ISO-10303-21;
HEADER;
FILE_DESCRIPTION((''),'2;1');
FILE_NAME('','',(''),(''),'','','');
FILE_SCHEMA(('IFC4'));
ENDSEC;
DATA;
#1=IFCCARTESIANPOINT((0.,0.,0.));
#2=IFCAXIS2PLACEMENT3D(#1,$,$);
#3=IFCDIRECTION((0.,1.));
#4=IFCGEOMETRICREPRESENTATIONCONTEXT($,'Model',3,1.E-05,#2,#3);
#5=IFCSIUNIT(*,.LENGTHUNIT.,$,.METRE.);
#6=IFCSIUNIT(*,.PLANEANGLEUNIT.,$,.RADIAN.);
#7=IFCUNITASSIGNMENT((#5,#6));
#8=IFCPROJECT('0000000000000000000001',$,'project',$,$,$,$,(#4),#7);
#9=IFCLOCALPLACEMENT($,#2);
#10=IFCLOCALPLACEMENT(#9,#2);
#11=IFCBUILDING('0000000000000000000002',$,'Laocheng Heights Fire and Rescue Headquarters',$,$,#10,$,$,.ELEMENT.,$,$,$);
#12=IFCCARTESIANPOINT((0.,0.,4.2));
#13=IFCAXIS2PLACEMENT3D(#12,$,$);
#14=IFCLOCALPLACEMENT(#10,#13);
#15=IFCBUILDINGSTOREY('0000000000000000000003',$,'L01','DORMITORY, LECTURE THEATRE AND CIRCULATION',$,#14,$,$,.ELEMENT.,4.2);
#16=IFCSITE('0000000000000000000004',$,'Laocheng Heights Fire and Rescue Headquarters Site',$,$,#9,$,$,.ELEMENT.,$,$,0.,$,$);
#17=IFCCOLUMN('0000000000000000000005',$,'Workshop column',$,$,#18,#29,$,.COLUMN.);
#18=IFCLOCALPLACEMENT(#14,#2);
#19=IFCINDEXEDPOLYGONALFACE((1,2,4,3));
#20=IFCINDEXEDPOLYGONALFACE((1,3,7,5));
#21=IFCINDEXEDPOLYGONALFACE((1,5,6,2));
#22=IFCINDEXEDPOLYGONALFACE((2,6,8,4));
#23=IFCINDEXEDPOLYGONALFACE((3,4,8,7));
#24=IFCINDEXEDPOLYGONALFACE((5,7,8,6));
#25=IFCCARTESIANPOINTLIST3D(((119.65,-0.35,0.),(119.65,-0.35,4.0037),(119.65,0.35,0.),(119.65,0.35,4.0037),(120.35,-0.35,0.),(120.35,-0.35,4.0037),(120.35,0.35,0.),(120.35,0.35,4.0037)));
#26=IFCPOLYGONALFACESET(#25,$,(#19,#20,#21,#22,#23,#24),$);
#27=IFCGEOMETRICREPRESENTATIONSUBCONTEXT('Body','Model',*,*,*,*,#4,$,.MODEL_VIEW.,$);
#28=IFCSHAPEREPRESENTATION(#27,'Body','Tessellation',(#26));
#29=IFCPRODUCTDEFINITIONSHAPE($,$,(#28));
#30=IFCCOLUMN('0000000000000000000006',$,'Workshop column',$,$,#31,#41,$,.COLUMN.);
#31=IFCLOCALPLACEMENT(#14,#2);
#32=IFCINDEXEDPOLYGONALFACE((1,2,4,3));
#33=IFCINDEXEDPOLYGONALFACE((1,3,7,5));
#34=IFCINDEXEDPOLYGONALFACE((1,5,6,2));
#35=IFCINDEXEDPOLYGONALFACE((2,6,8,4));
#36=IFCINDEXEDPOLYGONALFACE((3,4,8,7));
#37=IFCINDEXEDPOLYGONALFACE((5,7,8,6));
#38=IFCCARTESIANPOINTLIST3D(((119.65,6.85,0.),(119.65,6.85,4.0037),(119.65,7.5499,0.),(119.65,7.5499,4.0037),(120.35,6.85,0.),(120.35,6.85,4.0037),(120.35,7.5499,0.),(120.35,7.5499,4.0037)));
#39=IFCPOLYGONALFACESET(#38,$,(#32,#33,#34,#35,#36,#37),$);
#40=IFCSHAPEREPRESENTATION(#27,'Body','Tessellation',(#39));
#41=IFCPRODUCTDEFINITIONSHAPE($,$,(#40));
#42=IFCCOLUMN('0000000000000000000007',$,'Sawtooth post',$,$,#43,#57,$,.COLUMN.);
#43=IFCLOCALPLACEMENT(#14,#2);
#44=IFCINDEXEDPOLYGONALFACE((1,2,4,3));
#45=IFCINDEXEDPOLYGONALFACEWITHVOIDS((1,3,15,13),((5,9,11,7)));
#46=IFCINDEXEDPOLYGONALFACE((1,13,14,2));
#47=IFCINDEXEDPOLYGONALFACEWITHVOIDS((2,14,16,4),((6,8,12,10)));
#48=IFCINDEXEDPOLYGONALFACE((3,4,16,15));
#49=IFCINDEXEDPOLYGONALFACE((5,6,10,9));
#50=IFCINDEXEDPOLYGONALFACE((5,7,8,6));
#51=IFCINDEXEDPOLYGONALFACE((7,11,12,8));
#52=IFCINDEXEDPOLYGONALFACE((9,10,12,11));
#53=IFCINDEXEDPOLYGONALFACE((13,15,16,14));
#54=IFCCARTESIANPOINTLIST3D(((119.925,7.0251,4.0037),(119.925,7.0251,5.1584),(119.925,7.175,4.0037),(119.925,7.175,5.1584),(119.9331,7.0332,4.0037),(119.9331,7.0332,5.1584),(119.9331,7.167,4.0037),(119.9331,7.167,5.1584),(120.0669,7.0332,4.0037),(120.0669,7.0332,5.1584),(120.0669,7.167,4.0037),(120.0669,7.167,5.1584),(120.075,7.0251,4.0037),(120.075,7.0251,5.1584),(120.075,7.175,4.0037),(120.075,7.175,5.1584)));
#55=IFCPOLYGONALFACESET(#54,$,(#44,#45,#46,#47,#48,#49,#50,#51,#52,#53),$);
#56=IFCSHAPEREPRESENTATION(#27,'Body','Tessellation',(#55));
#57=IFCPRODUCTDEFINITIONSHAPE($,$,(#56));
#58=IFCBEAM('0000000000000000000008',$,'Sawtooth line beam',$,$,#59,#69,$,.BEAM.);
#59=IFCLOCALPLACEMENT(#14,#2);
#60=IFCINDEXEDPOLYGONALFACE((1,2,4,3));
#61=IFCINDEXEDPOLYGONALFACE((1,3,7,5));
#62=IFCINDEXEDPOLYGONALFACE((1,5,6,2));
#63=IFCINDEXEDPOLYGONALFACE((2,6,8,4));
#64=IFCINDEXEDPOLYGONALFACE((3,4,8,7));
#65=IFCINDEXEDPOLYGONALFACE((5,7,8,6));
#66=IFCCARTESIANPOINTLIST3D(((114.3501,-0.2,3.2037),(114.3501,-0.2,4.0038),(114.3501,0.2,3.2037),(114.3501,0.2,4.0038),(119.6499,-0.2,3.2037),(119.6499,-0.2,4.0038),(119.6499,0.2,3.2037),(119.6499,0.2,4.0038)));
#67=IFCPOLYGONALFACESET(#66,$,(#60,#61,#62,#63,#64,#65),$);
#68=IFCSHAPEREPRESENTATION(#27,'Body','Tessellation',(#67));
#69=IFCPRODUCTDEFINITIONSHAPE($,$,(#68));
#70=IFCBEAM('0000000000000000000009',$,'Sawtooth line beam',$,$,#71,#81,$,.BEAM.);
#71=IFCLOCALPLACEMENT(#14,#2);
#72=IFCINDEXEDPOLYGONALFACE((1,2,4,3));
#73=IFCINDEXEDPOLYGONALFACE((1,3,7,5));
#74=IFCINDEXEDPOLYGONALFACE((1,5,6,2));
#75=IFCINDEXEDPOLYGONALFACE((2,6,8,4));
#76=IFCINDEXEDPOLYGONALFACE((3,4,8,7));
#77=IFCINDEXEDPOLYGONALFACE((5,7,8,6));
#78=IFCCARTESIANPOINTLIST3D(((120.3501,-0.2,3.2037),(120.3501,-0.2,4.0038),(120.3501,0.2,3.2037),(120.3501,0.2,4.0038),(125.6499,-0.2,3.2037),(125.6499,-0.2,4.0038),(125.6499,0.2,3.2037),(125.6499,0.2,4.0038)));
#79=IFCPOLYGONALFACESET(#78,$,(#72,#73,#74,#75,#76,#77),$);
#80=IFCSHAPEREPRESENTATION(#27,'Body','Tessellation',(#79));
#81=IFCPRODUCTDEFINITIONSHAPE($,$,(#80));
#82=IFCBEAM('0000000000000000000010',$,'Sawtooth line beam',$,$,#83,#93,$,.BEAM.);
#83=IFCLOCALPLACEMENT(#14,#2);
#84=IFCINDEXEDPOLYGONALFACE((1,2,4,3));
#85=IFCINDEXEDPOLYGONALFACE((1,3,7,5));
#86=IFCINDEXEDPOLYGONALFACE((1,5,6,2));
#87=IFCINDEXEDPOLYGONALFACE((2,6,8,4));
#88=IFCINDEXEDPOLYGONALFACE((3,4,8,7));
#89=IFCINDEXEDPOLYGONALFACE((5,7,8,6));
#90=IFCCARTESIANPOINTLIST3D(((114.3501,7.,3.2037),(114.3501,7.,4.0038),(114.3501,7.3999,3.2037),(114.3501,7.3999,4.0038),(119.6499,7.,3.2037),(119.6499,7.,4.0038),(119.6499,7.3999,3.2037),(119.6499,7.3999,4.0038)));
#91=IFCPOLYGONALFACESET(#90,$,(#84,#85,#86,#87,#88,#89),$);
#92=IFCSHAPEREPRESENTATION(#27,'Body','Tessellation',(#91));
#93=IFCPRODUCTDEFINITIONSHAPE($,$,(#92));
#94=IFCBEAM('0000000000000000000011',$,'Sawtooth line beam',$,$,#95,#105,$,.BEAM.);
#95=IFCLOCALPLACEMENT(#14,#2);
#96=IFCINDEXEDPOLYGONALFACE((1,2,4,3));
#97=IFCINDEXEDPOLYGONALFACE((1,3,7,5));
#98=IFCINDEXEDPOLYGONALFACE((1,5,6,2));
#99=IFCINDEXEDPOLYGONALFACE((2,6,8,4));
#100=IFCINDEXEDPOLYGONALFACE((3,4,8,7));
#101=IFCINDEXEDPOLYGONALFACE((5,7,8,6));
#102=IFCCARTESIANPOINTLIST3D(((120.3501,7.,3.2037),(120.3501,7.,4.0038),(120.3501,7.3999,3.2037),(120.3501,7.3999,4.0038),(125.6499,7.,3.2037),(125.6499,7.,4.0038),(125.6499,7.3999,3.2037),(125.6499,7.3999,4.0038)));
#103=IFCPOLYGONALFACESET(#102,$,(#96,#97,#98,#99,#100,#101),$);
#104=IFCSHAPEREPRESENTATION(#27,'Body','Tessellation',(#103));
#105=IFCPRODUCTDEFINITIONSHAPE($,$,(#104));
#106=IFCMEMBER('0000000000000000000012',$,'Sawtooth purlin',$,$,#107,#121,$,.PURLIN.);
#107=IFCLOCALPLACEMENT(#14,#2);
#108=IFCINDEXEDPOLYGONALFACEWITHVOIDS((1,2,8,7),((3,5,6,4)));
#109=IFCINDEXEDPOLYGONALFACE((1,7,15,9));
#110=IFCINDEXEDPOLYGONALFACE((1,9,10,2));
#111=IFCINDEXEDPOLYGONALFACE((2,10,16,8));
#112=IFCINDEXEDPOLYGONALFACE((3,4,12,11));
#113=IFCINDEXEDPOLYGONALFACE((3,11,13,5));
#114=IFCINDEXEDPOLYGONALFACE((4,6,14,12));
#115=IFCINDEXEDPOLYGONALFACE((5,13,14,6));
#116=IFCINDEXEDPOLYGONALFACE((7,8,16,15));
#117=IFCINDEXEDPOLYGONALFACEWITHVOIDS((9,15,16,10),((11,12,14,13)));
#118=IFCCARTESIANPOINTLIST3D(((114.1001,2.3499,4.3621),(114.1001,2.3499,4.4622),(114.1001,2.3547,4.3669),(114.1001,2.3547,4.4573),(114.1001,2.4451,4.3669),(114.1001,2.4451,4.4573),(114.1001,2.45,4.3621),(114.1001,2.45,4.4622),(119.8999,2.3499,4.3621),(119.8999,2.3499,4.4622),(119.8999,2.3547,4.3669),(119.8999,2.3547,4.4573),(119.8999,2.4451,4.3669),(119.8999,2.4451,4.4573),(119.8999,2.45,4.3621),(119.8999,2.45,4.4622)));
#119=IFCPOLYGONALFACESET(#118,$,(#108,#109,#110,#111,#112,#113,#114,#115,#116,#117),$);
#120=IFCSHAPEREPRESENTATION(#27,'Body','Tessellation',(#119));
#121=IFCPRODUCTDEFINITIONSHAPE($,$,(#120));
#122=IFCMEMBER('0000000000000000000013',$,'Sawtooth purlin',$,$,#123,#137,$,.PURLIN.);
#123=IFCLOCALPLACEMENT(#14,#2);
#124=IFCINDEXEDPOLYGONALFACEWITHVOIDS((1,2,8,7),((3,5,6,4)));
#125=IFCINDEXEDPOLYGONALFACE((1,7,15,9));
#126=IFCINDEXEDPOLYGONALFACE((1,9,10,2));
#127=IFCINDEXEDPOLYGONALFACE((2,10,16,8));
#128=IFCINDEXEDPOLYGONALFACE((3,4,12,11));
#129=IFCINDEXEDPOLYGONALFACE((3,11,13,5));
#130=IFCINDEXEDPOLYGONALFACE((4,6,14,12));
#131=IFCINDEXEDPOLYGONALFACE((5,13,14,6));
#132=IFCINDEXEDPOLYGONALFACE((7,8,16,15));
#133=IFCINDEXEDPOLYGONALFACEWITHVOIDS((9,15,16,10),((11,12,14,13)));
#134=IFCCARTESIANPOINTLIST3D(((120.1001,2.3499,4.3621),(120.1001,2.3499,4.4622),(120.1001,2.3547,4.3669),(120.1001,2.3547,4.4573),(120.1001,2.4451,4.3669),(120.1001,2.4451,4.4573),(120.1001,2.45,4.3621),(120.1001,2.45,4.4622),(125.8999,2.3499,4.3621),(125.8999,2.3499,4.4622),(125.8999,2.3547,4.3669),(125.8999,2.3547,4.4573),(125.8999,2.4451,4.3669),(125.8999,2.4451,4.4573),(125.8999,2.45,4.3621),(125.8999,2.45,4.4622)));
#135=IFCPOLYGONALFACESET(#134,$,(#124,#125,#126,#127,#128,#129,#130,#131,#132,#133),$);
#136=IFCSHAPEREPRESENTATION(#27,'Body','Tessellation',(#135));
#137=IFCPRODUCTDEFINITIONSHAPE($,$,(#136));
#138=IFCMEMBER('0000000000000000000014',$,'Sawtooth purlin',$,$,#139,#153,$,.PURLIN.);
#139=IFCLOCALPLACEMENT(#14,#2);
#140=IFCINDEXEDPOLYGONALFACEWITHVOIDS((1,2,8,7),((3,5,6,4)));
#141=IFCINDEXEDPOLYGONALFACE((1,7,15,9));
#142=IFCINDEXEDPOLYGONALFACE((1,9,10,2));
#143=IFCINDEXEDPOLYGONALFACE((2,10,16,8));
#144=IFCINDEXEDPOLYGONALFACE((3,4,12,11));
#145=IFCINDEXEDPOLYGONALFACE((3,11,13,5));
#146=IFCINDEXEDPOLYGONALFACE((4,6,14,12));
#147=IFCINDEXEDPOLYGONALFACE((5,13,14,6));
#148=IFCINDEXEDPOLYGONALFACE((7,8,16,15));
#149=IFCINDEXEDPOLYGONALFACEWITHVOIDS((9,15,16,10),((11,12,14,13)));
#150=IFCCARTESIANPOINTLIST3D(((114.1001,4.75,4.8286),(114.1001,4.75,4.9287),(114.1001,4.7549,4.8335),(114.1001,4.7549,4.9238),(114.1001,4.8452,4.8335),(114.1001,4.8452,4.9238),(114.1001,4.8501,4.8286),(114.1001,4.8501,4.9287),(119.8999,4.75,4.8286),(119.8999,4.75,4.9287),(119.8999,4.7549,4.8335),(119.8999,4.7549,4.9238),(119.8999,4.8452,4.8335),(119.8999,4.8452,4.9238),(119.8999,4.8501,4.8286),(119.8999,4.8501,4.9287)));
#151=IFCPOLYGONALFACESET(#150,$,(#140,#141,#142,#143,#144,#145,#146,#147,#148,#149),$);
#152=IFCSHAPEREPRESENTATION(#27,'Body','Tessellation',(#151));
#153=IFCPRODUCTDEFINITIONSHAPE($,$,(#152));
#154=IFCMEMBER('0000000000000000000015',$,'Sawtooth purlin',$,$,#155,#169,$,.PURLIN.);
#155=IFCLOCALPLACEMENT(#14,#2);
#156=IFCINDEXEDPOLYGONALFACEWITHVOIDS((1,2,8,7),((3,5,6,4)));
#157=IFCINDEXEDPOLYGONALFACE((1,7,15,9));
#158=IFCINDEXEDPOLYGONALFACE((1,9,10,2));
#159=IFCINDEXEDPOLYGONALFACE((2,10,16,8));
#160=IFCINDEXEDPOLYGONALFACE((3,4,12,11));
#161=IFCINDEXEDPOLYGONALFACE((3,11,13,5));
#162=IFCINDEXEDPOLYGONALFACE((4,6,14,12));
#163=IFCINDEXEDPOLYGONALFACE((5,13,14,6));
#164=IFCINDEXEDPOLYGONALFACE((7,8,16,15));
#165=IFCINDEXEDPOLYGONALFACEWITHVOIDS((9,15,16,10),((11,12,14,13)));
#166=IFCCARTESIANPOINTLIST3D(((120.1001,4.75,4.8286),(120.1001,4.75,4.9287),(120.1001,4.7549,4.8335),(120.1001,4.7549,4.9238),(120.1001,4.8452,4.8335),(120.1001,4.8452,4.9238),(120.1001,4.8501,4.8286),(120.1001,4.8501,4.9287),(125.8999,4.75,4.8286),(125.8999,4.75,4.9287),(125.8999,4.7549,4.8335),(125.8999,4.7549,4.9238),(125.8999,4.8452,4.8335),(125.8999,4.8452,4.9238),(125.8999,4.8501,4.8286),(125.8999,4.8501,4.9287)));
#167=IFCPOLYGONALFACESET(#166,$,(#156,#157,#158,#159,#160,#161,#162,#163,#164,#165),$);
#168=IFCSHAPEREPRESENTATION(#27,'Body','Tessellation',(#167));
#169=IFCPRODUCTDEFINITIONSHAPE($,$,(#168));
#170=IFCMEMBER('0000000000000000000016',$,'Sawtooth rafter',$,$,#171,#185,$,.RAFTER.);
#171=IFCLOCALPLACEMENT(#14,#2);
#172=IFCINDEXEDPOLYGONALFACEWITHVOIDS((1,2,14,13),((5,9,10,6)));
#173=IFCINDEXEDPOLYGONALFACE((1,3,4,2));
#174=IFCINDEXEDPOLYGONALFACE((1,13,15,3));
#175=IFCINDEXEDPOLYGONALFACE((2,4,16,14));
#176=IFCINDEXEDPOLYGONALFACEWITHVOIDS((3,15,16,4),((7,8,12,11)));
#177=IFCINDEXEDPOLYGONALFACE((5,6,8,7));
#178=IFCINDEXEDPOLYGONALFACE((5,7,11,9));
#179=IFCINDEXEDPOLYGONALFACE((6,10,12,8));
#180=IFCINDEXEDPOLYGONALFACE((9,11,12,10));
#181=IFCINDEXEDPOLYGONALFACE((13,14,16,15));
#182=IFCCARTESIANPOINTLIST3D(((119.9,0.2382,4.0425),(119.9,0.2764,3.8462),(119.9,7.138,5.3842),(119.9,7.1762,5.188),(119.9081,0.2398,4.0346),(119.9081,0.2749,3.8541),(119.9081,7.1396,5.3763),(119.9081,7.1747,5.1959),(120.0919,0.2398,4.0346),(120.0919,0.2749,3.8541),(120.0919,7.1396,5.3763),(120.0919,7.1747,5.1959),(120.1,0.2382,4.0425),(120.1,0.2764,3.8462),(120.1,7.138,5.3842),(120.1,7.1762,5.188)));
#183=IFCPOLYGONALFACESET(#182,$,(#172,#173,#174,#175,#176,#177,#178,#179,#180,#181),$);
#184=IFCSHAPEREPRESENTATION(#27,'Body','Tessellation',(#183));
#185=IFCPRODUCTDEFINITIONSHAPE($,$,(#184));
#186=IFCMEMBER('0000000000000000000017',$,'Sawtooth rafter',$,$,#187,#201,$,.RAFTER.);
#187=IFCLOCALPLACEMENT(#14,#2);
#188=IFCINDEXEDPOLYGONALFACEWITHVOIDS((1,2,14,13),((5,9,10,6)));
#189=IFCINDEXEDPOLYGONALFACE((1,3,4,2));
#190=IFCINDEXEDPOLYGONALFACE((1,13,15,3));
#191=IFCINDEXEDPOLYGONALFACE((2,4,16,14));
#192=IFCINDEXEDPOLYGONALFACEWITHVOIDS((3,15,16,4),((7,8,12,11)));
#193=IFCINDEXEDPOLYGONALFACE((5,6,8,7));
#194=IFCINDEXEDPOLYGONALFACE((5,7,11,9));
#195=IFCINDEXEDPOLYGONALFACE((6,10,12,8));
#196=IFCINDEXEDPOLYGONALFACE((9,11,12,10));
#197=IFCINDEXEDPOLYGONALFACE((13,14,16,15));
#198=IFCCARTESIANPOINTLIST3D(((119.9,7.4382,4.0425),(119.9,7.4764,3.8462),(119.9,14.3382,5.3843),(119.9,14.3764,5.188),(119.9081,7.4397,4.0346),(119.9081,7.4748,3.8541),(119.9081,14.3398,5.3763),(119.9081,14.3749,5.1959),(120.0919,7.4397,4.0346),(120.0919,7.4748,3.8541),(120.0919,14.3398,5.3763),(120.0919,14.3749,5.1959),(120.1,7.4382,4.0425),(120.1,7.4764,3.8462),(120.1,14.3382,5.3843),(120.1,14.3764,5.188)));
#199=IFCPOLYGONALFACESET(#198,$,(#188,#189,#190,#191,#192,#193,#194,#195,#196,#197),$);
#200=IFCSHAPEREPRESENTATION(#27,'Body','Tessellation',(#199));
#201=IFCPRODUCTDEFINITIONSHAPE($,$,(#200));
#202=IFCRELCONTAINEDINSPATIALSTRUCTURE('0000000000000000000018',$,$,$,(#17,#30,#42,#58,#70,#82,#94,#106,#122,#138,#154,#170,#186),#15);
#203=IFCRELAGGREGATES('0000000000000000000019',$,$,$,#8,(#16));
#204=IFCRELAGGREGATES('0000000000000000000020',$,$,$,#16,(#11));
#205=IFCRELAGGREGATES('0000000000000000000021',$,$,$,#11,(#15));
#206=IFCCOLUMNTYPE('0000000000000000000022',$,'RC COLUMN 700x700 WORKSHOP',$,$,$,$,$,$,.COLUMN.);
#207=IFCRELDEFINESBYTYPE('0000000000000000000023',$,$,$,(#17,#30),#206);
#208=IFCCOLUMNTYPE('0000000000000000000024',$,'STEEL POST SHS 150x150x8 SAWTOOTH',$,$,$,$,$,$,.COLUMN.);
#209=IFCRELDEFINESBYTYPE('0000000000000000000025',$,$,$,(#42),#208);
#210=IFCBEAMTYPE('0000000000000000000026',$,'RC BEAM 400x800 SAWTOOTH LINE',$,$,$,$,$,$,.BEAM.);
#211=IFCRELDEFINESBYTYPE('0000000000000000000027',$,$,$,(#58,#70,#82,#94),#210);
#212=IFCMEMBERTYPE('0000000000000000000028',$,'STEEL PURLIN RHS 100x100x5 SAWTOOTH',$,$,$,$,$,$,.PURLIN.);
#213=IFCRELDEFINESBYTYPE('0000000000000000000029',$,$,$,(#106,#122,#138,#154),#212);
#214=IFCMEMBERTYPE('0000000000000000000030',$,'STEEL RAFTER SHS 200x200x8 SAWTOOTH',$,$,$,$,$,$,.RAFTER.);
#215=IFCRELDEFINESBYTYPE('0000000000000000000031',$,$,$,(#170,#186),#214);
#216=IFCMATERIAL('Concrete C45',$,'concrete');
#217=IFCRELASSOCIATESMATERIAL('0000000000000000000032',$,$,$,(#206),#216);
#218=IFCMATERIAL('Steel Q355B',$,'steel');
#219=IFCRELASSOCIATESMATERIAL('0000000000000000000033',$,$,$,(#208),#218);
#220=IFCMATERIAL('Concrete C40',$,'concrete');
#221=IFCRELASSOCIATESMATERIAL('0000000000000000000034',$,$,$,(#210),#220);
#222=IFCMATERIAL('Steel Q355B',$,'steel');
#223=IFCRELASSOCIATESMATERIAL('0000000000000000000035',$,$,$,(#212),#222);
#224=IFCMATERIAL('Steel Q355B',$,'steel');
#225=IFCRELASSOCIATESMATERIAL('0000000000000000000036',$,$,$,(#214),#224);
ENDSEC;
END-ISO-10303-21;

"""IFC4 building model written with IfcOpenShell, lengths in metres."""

from ifc_helpers import new_model, si_unit, direction, frame, origin, origin_2d, place, context, subcontext, project, spatial, rectangle, hollow_rectangle, extrude, material, material_profile, profile_set, type_object, element, save


model = new_model("IFC4")

# Units and contexts
model_context = context("Model", 3, precision=1e-05, world=origin(), true_north=direction((0.0, 1.0)))
body_context = subcontext(model_context, "Body", "Model", "MODEL_VIEW")
ifc_project = project(units=[si_unit("LENGTHUNIT", "METRE"), si_unit("PLANEANGLEUNIT", "RADIAN")], contexts=[model_context])

# Site, building, storey
site_placement = place(None, origin())
site = spatial("IfcSite", under=ifc_project, at=site_placement, Name="Laocheng Heights Fire and Rescue Headquarters Site", CompositionType="ELEMENT", RefElevation=0.0)
building_placement = place(site_placement, origin())
building = spatial("IfcBuilding", under=site, at=building_placement, Name="Laocheng Heights Fire and Rescue Headquarters", CompositionType="ELEMENT")
storey_placement = place(building_placement, frame((0.0, 0.0, 4.2)))
storey = spatial("IfcBuildingStorey", under=building, at=storey_placement, Name="L01", Description="DORMITORY, LECTURE THEATRE AND CIRCULATION", CompositionType="ELEMENT", Elevation=4.2)

# Columns
ifc_material_1 = material(Name="Concrete C45", Category="concrete")
ifc_material_profile_1 = material_profile(ifc_material_1, rectangle(XDim=0.7, YDim=0.7, at=origin_2d()), Name="RC COLUMN 700x700 WORKSHOP")
ifc_profile_set_1 = profile_set([ifc_material_profile_1], Name="Concrete C45")
column_type_1 = type_object("IfcColumnType", Name="RC COLUMN 700x700 WORKSHOP", PredefinedType="COLUMN", material=ifc_profile_set_1)
for number, where, z_axis, x_axis, name in (
    (1, (120.0, 0.0, 0.0), (0.0, 0.0, 1.0), (1.0, 0.0, 0.0), "Workshop column"),
    (2, (120.0, 7.2, 0.0), (0.0, 0.0, 1.0), (1.0, 0.0, 0.0), "Workshop column"),
):
    element("IfcColumn", number, at=place(storey_placement, frame(where, z_axis=z_axis, x_axis=x_axis)), inside=storey, type_object=column_type_1, Name=name, PredefinedType="COLUMN", context=body_context, shape_type="SweptSolid", body=[
        extrude(rectangle(XDim=0.7, YDim=0.7, at=origin_2d()), origin(), (0.0, 0.0, 1.0), 4.0037),
    ])
ifc_material_2 = material(Name="Steel Q355B", Category="steel")
ifc_material_profile_2 = material_profile(ifc_material_2, hollow_rectangle(XDim=0.1499, YDim=0.1499, WallThickness=0.0081, at=origin_2d()), Name="SHS 150x150x8")
ifc_profile_set_2 = profile_set([ifc_material_profile_2], Name="Steel Q355B")
column_type_2 = type_object("IfcColumnType", Name="STEEL POST SHS 150x150x8 SAWTOOTH", PredefinedType="COLUMN", material=ifc_profile_set_2)
column_placement = place(storey_placement, frame((120.0, 7.1001, 4.0037), z_axis=(0.0, 0.0, 1.0), x_axis=(1.0, 0.0, 0.0)))
element("IfcColumn", 3, at=column_placement, inside=storey, type_object=column_type_2, Name="Sawtooth post", PredefinedType="COLUMN", context=body_context, shape_type="SweptSolid", body=[
    extrude(hollow_rectangle(XDim=0.1499, YDim=0.1499, WallThickness=0.0081, at=origin_2d()), origin(), (0.0, 0.0, 1.0), 1.1548),
])

# Beams
ifc_material_3 = material(Name="Concrete C40", Category="concrete")
ifc_material_profile_3 = material_profile(ifc_material_3, rectangle(XDim=0.3999, YDim=0.8, at=origin_2d()), Name="RC BEAM 400x800 SAWTOOTH LINE")
ifc_profile_set_3 = profile_set([ifc_material_profile_3], Name="Concrete C40")
beam_type = type_object("IfcBeamType", Name="RC BEAM 400x800 SAWTOOTH LINE", PredefinedType="BEAM", material=ifc_profile_set_3)
for number, where, z_axis, x_axis, name in (
    (4, (114.3501, 0.0, 3.6038), (1.0, 0.0, 0.0), (0.0, 1.0, 0.0), "Sawtooth line beam"),
    (5, (120.3501, 0.0, 3.6038), (1.0, 0.0, 0.0), (0.0, 1.0, 0.0), "Sawtooth line beam"),
    (6, (114.3501, 7.2, 3.6038), (1.0, 0.0, 0.0), (0.0, 1.0, 0.0), "Sawtooth line beam"),
    (7, (120.3501, 7.2, 3.6038), (1.0, 0.0, 0.0), (0.0, 1.0, 0.0), "Sawtooth line beam"),
):
    element("IfcBeam", number, at=place(storey_placement, frame(where, z_axis=z_axis, x_axis=x_axis)), inside=storey, type_object=beam_type, Name=name, PredefinedType="BEAM", context=body_context, shape_type="SweptSolid", body=[
        extrude(rectangle(XDim=0.3999, YDim=0.8, at=origin_2d()), origin(), (0.0, 0.0, 1.0), 5.2998),
    ])

# Members
ifc_material_4 = material(Name="Steel Q355B", Category="steel")
ifc_material_profile_4 = material_profile(ifc_material_4, hollow_rectangle(XDim=0.1001, YDim=0.1001, WallThickness=0.0049, at=origin_2d()), Name="RHS 100x100x5")
ifc_profile_set_4 = profile_set([ifc_material_profile_4], Name="Steel Q355B")
member_type_1 = type_object("IfcMemberType", Name="STEEL PURLIN RHS 100x100x5 SAWTOOTH", PredefinedType="PURLIN", material=ifc_profile_set_4)
for number, where, z_axis, x_axis, name in (
    (8, (114.1001, 2.3999, 4.4121), (1.0, 0.0, 0.0), (0.0, 1.0, 0.0), "Sawtooth purlin"),
    (9, (120.1001, 2.3999, 4.4121), (1.0, 0.0, 0.0), (0.0, 1.0, 0.0), "Sawtooth purlin"),
    (10, (114.1001, 4.8, 4.8787), (1.0, 0.0, 0.0), (0.0, 1.0, 0.0), "Sawtooth purlin"),
    (11, (120.1001, 4.8, 4.8787), (1.0, 0.0, 0.0), (0.0, 1.0, 0.0), "Sawtooth purlin"),
):
    element("IfcMember", number, at=place(storey_placement, frame(where, z_axis=z_axis, x_axis=x_axis)), inside=storey, type_object=member_type_1, Name=name, PredefinedType="PURLIN", context=body_context, shape_type="SweptSolid", body=[
        extrude(hollow_rectangle(XDim=0.1001, YDim=0.1001, WallThickness=0.0049, at=origin_2d()), origin(), (0.0, 0.0, 1.0), 5.7998),
    ])
ifc_material_5 = material(Name="Steel Q355B", Category="steel")
ifc_material_profile_5 = material_profile(ifc_material_5, hollow_rectangle(XDim=0.2, YDim=0.2, WallThickness=0.0081, at=origin_2d()), Name="SHS 200x200x8")
ifc_profile_set_5 = profile_set([ifc_material_profile_5], Name="Steel Q355B")
member_type_2 = type_object("IfcMemberType", Name="STEEL RAFTER SHS 200x200x8 SAWTOOTH", PredefinedType="RAFTER", material=ifc_profile_set_5)
member_1_placement = place(storey_placement, frame((120.0, 0.2573, 3.9443), z_axis=(0.0, 0.981611, 0.19089), x_axis=(-1.0, 0.0, 0.0)))
element("IfcMember", 12, at=member_1_placement, inside=storey, type_object=member_type_2, Name="Sawtooth rafter", PredefinedType="RAFTER", context=body_context, shape_type="SweptSolid", body=[
    extrude(hollow_rectangle(XDim=0.2, YDim=0.2, WallThickness=0.0081, at=origin_2d()), origin(), (0.0, 0.0, 1.0), 7.0291),
])
member_2_placement = place(storey_placement, frame((120.0, 7.4573, 3.9443), z_axis=(0.0, 0.981613, 0.190884), x_axis=(-1.0, 0.0, 0.0)))
element("IfcMember", 13, at=member_2_placement, inside=storey, type_object=member_type_2, Name="Sawtooth rafter", PredefinedType="RAFTER", context=body_context, shape_type="SweptSolid", body=[
    extrude(hollow_rectangle(XDim=0.2, YDim=0.2, WallThickness=0.0081, at=origin_2d()), origin(), (0.0, 0.0, 1.0), 7.0293),
])

save(model, "model.ifc")
